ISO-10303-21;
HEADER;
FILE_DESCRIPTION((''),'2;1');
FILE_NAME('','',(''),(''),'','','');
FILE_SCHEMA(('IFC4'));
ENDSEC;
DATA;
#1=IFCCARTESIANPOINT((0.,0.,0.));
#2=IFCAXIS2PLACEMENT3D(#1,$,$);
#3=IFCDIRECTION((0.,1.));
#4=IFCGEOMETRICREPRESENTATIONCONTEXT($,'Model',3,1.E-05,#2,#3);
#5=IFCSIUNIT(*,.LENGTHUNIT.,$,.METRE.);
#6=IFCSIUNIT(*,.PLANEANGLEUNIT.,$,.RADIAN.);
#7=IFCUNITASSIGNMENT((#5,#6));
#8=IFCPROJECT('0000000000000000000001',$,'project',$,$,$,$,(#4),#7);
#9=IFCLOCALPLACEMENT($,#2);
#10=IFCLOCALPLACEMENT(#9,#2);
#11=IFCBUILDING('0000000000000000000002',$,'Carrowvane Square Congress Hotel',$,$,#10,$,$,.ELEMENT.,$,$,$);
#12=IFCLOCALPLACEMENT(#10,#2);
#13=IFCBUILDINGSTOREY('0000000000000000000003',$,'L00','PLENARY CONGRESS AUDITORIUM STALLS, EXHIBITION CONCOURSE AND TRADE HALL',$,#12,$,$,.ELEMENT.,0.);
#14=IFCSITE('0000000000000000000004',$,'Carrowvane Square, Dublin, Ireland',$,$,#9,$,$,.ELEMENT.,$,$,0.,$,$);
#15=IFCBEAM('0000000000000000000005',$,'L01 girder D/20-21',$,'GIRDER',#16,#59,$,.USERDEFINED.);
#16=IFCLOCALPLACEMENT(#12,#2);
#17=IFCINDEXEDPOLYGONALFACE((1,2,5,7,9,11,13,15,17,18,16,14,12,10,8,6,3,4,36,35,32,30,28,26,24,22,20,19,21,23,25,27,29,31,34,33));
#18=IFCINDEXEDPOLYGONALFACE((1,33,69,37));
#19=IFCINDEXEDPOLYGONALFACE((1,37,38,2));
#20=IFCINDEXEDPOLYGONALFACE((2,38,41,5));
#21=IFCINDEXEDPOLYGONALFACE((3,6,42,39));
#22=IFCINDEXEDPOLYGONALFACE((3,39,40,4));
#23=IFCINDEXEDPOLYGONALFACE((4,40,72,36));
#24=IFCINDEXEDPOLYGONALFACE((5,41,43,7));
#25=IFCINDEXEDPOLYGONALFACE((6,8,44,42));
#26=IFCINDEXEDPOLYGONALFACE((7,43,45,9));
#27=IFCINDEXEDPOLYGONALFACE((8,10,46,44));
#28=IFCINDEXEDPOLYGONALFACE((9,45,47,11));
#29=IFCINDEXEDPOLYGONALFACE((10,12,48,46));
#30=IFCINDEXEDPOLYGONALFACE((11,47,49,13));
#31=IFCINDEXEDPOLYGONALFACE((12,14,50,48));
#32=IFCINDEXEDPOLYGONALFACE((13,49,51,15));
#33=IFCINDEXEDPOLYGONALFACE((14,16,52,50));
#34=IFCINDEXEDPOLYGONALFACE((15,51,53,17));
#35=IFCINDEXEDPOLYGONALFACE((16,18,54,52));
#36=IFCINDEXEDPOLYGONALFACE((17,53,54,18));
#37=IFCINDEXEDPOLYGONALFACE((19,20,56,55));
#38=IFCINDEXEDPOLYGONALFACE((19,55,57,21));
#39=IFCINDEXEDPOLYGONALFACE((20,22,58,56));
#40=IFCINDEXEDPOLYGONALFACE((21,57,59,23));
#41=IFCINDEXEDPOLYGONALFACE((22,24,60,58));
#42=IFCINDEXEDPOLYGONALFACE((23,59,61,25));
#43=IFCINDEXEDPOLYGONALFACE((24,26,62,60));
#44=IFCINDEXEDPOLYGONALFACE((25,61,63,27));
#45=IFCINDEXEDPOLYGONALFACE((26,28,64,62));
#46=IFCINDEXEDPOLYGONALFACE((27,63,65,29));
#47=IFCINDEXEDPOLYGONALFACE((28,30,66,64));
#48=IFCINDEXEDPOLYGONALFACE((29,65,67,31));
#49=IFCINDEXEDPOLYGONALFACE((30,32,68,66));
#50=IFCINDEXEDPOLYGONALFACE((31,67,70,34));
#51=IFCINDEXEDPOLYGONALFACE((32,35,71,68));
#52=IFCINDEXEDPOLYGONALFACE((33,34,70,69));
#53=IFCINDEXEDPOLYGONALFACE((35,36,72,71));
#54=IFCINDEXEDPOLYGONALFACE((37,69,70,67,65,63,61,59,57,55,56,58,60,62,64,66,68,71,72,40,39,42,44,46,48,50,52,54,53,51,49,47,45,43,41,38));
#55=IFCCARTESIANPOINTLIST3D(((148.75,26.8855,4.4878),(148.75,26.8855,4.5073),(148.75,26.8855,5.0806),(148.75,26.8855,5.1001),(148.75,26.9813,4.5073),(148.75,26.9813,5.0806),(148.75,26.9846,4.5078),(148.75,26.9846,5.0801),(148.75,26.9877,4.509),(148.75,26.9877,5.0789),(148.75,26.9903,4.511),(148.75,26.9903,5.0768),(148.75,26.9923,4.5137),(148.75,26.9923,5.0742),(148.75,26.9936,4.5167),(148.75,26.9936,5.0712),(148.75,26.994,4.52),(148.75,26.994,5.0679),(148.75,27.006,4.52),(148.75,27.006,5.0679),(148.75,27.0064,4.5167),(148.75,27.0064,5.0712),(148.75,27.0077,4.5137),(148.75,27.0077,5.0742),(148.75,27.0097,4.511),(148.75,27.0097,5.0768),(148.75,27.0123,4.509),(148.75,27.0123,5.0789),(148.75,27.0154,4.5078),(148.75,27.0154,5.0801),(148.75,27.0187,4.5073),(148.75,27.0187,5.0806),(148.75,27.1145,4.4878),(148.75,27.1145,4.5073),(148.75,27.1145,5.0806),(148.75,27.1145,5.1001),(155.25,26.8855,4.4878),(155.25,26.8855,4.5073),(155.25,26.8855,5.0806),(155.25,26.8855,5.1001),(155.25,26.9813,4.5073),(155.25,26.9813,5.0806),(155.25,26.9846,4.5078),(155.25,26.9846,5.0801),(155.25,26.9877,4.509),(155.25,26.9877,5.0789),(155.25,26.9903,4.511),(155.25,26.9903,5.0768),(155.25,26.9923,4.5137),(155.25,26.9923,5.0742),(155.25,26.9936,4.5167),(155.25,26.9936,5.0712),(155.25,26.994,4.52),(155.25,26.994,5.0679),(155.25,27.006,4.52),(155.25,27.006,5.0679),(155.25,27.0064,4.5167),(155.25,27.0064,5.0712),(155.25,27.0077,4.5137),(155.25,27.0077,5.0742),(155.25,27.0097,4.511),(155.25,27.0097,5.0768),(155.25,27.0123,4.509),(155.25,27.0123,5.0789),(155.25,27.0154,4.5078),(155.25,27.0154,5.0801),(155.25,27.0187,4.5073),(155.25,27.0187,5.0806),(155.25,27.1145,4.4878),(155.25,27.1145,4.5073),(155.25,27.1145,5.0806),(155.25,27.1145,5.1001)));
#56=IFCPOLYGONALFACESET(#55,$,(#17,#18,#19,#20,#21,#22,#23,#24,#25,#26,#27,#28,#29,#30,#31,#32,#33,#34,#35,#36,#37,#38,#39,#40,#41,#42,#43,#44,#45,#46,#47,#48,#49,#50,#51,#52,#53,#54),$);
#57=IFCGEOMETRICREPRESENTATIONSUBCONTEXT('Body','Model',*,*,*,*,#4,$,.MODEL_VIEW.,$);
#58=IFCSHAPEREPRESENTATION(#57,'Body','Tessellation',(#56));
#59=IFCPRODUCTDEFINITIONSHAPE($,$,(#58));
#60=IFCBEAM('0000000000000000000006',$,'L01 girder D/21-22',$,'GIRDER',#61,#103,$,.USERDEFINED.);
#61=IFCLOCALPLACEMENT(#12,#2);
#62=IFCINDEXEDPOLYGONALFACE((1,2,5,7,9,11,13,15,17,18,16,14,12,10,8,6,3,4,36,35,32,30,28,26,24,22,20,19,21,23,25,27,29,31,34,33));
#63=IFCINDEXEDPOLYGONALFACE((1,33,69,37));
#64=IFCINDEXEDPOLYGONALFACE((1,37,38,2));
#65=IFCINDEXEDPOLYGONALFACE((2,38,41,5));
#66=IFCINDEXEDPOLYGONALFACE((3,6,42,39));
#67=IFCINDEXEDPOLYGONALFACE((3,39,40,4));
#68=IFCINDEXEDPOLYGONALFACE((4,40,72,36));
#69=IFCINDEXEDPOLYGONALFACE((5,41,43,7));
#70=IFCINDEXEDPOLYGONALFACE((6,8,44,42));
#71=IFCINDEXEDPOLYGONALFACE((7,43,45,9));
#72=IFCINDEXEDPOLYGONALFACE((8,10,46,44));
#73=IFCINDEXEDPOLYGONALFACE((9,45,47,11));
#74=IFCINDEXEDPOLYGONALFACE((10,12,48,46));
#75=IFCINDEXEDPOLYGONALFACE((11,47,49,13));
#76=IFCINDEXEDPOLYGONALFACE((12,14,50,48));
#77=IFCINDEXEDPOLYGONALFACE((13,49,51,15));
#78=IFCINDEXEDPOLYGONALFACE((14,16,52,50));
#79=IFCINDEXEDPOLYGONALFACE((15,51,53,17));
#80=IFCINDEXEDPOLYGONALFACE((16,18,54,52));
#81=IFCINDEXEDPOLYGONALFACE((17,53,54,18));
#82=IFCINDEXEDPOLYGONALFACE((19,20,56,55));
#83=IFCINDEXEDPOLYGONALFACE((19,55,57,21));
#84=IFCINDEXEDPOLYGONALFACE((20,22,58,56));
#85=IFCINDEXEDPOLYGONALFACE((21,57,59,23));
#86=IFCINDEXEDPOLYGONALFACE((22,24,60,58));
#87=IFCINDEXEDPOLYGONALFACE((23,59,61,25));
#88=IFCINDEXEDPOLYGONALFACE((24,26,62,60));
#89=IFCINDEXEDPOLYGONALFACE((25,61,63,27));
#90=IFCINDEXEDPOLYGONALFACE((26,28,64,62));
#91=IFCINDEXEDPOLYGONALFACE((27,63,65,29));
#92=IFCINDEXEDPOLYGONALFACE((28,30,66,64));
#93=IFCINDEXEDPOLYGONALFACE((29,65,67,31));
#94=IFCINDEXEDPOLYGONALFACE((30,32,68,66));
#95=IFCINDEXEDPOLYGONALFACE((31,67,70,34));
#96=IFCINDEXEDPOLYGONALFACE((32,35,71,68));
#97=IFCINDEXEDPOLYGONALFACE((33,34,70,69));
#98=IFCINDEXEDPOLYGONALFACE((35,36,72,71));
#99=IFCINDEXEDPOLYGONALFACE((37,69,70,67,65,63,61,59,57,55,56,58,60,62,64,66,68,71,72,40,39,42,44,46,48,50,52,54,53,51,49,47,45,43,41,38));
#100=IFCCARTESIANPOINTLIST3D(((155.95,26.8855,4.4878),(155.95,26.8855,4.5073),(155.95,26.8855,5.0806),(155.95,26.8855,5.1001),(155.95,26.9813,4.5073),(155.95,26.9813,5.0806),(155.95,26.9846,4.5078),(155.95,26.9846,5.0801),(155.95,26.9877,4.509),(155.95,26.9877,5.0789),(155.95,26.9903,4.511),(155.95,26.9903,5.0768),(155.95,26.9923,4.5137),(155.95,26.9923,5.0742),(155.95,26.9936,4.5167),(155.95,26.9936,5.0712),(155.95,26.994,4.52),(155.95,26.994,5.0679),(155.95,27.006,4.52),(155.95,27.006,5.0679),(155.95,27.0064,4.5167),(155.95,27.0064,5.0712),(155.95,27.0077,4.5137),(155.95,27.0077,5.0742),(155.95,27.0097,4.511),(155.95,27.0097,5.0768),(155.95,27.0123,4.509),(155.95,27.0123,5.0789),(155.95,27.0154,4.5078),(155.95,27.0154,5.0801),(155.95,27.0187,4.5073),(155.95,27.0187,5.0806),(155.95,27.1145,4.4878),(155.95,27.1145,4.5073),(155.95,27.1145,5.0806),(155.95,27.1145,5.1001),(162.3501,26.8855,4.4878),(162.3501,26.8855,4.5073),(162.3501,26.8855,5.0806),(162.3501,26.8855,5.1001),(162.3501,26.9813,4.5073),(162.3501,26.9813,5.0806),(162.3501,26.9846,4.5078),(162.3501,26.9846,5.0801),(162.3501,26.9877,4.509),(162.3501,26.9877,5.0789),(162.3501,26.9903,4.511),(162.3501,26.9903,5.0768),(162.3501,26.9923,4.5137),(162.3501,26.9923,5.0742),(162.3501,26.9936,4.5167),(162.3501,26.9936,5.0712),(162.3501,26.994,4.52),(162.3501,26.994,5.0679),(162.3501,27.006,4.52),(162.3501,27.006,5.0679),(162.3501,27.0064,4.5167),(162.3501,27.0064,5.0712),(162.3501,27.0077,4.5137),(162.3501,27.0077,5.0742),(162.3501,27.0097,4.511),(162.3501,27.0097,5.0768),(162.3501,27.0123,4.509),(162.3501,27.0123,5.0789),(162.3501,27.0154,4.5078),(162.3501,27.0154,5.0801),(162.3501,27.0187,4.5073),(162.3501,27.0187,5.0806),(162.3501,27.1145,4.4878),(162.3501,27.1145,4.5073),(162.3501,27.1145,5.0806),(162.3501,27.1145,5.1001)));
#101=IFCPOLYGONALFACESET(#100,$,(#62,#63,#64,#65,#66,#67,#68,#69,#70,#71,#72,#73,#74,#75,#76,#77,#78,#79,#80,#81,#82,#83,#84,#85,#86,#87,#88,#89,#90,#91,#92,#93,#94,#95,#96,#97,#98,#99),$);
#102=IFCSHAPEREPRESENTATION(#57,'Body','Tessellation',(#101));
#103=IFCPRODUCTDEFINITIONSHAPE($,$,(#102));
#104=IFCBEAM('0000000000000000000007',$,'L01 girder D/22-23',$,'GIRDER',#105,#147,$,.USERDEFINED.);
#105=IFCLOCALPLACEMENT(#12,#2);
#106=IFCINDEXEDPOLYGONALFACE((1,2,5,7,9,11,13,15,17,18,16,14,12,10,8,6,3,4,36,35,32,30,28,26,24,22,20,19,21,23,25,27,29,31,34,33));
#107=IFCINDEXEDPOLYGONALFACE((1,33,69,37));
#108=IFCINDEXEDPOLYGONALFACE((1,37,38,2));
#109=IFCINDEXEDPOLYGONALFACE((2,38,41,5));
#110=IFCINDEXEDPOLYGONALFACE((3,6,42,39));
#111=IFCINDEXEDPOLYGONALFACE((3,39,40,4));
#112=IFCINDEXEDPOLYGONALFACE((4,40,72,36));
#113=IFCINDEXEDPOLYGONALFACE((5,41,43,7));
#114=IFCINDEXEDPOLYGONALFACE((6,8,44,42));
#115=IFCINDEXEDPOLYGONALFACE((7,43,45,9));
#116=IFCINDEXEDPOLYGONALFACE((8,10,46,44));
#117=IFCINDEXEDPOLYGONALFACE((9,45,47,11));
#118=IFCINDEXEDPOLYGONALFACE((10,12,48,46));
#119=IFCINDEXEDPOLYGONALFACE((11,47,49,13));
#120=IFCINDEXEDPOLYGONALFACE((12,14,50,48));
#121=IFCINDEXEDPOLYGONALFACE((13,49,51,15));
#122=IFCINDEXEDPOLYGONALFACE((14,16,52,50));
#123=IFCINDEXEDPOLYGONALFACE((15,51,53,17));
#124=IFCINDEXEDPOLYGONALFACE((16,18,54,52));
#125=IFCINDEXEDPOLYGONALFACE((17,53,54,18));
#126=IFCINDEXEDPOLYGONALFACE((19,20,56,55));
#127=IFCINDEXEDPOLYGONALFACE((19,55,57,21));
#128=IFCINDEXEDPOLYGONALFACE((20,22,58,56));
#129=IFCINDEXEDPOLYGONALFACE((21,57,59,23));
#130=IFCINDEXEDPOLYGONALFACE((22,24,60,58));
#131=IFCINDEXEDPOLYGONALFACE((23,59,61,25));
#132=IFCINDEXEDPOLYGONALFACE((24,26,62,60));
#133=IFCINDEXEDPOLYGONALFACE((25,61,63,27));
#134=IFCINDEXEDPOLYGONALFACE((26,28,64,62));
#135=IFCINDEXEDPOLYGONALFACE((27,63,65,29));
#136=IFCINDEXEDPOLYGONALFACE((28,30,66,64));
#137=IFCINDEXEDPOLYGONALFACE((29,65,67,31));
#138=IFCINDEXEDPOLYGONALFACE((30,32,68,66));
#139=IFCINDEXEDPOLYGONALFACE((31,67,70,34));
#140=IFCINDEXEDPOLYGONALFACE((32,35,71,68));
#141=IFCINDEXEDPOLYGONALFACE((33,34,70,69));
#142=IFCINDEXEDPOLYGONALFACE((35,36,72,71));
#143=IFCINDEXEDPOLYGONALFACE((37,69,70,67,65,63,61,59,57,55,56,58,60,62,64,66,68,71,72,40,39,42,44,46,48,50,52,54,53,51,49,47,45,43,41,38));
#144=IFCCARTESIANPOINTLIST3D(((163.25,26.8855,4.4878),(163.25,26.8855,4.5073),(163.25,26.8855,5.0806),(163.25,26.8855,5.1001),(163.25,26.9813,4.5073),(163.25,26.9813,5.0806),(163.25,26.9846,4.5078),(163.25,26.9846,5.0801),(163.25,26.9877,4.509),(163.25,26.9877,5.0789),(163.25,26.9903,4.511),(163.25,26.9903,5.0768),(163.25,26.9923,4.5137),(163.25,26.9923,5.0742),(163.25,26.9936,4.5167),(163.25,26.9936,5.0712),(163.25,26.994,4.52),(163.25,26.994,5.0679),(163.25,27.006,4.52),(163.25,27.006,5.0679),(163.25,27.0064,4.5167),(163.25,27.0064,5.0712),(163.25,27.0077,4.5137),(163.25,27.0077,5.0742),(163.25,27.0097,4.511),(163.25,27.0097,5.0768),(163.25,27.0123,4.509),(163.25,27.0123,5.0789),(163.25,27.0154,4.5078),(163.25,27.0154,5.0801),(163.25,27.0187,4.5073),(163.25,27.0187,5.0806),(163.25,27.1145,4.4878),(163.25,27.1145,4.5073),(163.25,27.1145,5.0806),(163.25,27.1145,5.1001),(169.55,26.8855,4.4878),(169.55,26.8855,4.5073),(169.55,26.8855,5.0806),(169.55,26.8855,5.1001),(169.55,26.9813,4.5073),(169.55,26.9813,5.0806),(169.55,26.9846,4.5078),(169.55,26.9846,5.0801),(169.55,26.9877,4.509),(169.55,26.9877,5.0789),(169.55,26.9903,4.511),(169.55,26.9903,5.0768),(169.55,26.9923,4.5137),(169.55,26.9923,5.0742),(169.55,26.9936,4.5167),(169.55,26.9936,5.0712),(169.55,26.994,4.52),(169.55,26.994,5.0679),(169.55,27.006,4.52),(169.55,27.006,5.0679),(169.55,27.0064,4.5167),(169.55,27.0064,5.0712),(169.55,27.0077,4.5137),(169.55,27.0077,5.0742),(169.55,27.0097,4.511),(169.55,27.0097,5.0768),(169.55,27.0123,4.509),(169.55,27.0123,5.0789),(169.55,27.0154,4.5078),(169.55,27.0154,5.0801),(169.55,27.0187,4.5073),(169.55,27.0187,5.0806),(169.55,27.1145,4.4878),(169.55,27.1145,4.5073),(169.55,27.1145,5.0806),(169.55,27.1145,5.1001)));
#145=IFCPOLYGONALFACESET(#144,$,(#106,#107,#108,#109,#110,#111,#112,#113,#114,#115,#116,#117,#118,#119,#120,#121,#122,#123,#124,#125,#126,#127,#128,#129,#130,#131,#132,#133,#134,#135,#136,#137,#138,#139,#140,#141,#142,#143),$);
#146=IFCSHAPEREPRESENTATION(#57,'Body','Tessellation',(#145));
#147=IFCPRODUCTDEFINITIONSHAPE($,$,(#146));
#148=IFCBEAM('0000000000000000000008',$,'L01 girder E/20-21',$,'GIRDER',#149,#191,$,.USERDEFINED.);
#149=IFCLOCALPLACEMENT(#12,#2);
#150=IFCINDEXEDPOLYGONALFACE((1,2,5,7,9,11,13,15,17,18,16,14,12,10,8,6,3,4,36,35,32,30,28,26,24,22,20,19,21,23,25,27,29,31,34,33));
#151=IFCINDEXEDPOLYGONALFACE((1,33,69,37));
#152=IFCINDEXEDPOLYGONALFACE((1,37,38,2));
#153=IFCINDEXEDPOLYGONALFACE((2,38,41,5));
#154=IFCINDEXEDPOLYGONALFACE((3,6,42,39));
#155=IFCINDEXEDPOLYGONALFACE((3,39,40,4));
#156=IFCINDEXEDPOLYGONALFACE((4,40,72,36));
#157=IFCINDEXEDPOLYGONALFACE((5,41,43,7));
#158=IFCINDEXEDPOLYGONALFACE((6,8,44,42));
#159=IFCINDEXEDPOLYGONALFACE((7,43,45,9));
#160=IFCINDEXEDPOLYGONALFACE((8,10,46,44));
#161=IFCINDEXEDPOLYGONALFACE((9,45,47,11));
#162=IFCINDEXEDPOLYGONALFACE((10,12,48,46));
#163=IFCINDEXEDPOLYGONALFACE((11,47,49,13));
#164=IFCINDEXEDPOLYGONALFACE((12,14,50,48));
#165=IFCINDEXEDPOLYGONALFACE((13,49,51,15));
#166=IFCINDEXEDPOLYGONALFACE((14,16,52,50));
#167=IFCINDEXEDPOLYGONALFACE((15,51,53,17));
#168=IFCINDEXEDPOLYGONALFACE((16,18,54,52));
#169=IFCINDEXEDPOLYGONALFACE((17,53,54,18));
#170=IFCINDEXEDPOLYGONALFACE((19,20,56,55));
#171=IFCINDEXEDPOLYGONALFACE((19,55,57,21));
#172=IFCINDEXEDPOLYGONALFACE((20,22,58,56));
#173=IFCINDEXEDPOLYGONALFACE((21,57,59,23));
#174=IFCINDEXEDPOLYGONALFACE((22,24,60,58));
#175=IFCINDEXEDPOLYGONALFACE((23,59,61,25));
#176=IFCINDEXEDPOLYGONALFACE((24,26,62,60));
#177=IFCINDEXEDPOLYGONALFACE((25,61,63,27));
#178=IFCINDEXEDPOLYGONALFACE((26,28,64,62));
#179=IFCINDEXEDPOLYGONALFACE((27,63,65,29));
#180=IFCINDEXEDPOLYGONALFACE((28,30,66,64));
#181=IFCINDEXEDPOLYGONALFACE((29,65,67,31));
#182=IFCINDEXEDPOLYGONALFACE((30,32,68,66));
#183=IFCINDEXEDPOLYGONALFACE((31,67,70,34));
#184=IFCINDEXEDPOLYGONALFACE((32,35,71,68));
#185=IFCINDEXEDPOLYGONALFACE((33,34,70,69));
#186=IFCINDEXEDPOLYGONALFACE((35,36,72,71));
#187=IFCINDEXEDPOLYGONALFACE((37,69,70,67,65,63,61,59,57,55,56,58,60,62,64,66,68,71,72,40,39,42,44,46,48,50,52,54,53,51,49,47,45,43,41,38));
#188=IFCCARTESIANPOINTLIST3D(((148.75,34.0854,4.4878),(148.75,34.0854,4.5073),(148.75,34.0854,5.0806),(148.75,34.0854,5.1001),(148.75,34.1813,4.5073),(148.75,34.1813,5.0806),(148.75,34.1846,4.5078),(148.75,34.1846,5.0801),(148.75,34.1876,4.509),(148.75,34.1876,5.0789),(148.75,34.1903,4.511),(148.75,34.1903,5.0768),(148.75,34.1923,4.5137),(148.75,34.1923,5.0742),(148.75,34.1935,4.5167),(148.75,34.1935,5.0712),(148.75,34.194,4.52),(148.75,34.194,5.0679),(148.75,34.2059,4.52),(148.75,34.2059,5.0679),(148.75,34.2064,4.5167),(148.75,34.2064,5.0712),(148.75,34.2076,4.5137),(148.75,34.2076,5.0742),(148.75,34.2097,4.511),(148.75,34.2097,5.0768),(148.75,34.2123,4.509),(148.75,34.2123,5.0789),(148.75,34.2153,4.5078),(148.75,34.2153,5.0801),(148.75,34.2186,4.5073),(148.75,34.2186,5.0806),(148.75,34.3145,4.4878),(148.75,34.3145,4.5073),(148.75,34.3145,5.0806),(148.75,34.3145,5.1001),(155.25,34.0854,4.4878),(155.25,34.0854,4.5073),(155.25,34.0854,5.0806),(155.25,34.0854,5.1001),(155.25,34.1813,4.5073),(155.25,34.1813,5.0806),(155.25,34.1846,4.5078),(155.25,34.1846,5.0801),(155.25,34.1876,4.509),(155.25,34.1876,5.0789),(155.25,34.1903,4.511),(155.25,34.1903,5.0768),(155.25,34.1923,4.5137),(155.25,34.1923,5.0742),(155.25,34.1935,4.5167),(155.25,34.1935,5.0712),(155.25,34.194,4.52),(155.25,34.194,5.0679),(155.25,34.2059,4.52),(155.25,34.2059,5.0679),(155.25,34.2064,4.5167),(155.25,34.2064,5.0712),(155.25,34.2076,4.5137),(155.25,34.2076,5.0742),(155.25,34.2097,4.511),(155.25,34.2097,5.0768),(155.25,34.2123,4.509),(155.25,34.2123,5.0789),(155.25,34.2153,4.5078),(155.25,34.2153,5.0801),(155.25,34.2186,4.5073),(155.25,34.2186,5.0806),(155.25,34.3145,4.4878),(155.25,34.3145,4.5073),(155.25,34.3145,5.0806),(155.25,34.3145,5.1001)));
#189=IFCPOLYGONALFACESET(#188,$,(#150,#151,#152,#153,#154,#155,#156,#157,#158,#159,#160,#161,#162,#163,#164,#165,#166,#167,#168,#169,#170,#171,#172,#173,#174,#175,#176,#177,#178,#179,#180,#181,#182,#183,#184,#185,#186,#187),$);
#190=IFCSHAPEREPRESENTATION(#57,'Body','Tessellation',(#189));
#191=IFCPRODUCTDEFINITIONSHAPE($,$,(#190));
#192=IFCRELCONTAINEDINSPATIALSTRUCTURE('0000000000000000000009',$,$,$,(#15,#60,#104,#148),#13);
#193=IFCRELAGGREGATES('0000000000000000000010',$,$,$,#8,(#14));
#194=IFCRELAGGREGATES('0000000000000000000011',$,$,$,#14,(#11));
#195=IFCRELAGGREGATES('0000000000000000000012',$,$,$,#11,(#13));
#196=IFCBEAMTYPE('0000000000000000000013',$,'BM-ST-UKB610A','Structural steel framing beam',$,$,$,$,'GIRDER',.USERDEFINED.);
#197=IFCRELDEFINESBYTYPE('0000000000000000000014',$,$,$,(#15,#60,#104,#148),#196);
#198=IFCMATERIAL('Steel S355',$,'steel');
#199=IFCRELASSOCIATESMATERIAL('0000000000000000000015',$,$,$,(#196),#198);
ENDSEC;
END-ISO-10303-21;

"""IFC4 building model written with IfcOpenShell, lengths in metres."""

from ifc_helpers import new_model, si_unit, direction, frame, origin, origin_2d, place, context, subcontext, project, spatial, i_section, extrude, material, material_profile, profile_set, type_object, element, save


model = new_model("IFC4")

# Units and contexts
model_context = context("Model", 3, precision=1e-05, world=origin(), true_north=direction((0.0, 1.0)))
body_context = subcontext(model_context, "Body", "Model", "MODEL_VIEW")
ifc_project = project(units=[si_unit("LENGTHUNIT", "METRE"), si_unit("PLANEANGLEUNIT", "RADIAN")], contexts=[model_context])

# Site, building, storey
site_placement = place(None, origin())
site = spatial("IfcSite", under=ifc_project, at=site_placement, Name="Carrowvane Square, Dublin, Ireland", CompositionType="ELEMENT", RefElevation=0.0)
building_placement = place(site_placement, origin())
building = spatial("IfcBuilding", under=site, at=building_placement, Name="Carrowvane Square Congress Hotel", CompositionType="ELEMENT")
storey_placement = place(building_placement, origin())
storey = spatial("IfcBuildingStorey", under=building, at=storey_placement, Name="L00", Description="PLENARY CONGRESS AUDITORIUM STALLS, EXHIBITION CONCOURSE AND TRADE HALL", CompositionType="ELEMENT", Elevation=0.0)

# Beams
ifc_material_1 = material(Name="Steel S355", Category="steel")
ifc_material_profile_1 = material_profile(ifc_material_1, i_section(OverallWidth=0.229, OverallDepth=0.6123, WebThickness=0.012, FlangeThickness=0.0195, FilletRadius=0.0127, at=origin_2d()), Name="UKB 610x229x125")
ifc_profile_set_1 = profile_set([ifc_material_profile_1], Name="Steel S355")
beam_type_1 = type_object("IfcBeamType", Name="BM-ST-UKB610A", Description="Structural steel framing beam", ElementType="GIRDER", PredefinedType="USERDEFINED", material=ifc_profile_set_1)
beam_1_placement = place(storey_placement, frame((148.75, 27.0, 4.7939), z_axis=(1.0, 0.0, 0.0), x_axis=(0.0, 1.0, 0.0)))
element("IfcBeam", 1, at=beam_1_placement, inside=storey, type_object=beam_type_1, Name="L01 girder D/20-21", ObjectType="GIRDER", PredefinedType="USERDEFINED", context=body_context, shape_type="SweptSolid", body=[
    extrude(i_section(OverallWidth=0.229, OverallDepth=0.6123, WebThickness=0.012, FlangeThickness=0.0195, FilletRadius=0.0127, at=origin_2d()), origin(), (0.0, 0.0, 1.0), 6.5),
])
beam_2_placement = place(storey_placement, frame((155.95, 27.0, 4.7939), z_axis=(1.0, 0.0, 0.0), x_axis=(0.0, 1.0, 0.0)))
element("IfcBeam", 2, at=beam_2_placement, inside=storey, type_object=beam_type_1, Name="L01 girder D/21-22", ObjectType="GIRDER", PredefinedType="USERDEFINED", context=body_context, shape_type="SweptSolid", body=[
    extrude(i_section(OverallWidth=0.229, OverallDepth=0.6123, WebThickness=0.012, FlangeThickness=0.0195, FilletRadius=0.0127, at=origin_2d()), origin(), (0.0, 0.0, 1.0), 6.4001),
])
beam_3_placement = place(storey_placement, frame((163.25, 27.0, 4.7939), z_axis=(1.0, 0.0, 0.0), x_axis=(0.0, 1.0, 0.0)))
element("IfcBeam", 3, at=beam_3_placement, inside=storey, type_object=beam_type_1, Name="L01 girder D/22-23", ObjectType="GIRDER", PredefinedType="USERDEFINED", context=body_context, shape_type="SweptSolid", body=[
    extrude(i_section(OverallWidth=0.229, OverallDepth=0.6123, WebThickness=0.012, FlangeThickness=0.0195, FilletRadius=0.0127, at=origin_2d()), origin(), (0.0, 0.0, 1.0), 6.3),
])
beam_4_placement = place(storey_placement, frame((148.75, 34.2, 4.7939), z_axis=(1.0, 0.0, 0.0), x_axis=(0.0, 1.0, 0.0)))
element("IfcBeam", 4, at=beam_4_placement, inside=storey, type_object=beam_type_1, Name="L01 girder E/20-21", ObjectType="GIRDER", PredefinedType="USERDEFINED", context=body_context, shape_type="SweptSolid", body=[
    extrude(i_section(OverallWidth=0.229, OverallDepth=0.6123, WebThickness=0.012, FlangeThickness=0.0195, FilletRadius=0.0127, at=origin_2d()), origin(), (0.0, 0.0, 1.0), 6.5),
])

save(model, "model.ifc")
